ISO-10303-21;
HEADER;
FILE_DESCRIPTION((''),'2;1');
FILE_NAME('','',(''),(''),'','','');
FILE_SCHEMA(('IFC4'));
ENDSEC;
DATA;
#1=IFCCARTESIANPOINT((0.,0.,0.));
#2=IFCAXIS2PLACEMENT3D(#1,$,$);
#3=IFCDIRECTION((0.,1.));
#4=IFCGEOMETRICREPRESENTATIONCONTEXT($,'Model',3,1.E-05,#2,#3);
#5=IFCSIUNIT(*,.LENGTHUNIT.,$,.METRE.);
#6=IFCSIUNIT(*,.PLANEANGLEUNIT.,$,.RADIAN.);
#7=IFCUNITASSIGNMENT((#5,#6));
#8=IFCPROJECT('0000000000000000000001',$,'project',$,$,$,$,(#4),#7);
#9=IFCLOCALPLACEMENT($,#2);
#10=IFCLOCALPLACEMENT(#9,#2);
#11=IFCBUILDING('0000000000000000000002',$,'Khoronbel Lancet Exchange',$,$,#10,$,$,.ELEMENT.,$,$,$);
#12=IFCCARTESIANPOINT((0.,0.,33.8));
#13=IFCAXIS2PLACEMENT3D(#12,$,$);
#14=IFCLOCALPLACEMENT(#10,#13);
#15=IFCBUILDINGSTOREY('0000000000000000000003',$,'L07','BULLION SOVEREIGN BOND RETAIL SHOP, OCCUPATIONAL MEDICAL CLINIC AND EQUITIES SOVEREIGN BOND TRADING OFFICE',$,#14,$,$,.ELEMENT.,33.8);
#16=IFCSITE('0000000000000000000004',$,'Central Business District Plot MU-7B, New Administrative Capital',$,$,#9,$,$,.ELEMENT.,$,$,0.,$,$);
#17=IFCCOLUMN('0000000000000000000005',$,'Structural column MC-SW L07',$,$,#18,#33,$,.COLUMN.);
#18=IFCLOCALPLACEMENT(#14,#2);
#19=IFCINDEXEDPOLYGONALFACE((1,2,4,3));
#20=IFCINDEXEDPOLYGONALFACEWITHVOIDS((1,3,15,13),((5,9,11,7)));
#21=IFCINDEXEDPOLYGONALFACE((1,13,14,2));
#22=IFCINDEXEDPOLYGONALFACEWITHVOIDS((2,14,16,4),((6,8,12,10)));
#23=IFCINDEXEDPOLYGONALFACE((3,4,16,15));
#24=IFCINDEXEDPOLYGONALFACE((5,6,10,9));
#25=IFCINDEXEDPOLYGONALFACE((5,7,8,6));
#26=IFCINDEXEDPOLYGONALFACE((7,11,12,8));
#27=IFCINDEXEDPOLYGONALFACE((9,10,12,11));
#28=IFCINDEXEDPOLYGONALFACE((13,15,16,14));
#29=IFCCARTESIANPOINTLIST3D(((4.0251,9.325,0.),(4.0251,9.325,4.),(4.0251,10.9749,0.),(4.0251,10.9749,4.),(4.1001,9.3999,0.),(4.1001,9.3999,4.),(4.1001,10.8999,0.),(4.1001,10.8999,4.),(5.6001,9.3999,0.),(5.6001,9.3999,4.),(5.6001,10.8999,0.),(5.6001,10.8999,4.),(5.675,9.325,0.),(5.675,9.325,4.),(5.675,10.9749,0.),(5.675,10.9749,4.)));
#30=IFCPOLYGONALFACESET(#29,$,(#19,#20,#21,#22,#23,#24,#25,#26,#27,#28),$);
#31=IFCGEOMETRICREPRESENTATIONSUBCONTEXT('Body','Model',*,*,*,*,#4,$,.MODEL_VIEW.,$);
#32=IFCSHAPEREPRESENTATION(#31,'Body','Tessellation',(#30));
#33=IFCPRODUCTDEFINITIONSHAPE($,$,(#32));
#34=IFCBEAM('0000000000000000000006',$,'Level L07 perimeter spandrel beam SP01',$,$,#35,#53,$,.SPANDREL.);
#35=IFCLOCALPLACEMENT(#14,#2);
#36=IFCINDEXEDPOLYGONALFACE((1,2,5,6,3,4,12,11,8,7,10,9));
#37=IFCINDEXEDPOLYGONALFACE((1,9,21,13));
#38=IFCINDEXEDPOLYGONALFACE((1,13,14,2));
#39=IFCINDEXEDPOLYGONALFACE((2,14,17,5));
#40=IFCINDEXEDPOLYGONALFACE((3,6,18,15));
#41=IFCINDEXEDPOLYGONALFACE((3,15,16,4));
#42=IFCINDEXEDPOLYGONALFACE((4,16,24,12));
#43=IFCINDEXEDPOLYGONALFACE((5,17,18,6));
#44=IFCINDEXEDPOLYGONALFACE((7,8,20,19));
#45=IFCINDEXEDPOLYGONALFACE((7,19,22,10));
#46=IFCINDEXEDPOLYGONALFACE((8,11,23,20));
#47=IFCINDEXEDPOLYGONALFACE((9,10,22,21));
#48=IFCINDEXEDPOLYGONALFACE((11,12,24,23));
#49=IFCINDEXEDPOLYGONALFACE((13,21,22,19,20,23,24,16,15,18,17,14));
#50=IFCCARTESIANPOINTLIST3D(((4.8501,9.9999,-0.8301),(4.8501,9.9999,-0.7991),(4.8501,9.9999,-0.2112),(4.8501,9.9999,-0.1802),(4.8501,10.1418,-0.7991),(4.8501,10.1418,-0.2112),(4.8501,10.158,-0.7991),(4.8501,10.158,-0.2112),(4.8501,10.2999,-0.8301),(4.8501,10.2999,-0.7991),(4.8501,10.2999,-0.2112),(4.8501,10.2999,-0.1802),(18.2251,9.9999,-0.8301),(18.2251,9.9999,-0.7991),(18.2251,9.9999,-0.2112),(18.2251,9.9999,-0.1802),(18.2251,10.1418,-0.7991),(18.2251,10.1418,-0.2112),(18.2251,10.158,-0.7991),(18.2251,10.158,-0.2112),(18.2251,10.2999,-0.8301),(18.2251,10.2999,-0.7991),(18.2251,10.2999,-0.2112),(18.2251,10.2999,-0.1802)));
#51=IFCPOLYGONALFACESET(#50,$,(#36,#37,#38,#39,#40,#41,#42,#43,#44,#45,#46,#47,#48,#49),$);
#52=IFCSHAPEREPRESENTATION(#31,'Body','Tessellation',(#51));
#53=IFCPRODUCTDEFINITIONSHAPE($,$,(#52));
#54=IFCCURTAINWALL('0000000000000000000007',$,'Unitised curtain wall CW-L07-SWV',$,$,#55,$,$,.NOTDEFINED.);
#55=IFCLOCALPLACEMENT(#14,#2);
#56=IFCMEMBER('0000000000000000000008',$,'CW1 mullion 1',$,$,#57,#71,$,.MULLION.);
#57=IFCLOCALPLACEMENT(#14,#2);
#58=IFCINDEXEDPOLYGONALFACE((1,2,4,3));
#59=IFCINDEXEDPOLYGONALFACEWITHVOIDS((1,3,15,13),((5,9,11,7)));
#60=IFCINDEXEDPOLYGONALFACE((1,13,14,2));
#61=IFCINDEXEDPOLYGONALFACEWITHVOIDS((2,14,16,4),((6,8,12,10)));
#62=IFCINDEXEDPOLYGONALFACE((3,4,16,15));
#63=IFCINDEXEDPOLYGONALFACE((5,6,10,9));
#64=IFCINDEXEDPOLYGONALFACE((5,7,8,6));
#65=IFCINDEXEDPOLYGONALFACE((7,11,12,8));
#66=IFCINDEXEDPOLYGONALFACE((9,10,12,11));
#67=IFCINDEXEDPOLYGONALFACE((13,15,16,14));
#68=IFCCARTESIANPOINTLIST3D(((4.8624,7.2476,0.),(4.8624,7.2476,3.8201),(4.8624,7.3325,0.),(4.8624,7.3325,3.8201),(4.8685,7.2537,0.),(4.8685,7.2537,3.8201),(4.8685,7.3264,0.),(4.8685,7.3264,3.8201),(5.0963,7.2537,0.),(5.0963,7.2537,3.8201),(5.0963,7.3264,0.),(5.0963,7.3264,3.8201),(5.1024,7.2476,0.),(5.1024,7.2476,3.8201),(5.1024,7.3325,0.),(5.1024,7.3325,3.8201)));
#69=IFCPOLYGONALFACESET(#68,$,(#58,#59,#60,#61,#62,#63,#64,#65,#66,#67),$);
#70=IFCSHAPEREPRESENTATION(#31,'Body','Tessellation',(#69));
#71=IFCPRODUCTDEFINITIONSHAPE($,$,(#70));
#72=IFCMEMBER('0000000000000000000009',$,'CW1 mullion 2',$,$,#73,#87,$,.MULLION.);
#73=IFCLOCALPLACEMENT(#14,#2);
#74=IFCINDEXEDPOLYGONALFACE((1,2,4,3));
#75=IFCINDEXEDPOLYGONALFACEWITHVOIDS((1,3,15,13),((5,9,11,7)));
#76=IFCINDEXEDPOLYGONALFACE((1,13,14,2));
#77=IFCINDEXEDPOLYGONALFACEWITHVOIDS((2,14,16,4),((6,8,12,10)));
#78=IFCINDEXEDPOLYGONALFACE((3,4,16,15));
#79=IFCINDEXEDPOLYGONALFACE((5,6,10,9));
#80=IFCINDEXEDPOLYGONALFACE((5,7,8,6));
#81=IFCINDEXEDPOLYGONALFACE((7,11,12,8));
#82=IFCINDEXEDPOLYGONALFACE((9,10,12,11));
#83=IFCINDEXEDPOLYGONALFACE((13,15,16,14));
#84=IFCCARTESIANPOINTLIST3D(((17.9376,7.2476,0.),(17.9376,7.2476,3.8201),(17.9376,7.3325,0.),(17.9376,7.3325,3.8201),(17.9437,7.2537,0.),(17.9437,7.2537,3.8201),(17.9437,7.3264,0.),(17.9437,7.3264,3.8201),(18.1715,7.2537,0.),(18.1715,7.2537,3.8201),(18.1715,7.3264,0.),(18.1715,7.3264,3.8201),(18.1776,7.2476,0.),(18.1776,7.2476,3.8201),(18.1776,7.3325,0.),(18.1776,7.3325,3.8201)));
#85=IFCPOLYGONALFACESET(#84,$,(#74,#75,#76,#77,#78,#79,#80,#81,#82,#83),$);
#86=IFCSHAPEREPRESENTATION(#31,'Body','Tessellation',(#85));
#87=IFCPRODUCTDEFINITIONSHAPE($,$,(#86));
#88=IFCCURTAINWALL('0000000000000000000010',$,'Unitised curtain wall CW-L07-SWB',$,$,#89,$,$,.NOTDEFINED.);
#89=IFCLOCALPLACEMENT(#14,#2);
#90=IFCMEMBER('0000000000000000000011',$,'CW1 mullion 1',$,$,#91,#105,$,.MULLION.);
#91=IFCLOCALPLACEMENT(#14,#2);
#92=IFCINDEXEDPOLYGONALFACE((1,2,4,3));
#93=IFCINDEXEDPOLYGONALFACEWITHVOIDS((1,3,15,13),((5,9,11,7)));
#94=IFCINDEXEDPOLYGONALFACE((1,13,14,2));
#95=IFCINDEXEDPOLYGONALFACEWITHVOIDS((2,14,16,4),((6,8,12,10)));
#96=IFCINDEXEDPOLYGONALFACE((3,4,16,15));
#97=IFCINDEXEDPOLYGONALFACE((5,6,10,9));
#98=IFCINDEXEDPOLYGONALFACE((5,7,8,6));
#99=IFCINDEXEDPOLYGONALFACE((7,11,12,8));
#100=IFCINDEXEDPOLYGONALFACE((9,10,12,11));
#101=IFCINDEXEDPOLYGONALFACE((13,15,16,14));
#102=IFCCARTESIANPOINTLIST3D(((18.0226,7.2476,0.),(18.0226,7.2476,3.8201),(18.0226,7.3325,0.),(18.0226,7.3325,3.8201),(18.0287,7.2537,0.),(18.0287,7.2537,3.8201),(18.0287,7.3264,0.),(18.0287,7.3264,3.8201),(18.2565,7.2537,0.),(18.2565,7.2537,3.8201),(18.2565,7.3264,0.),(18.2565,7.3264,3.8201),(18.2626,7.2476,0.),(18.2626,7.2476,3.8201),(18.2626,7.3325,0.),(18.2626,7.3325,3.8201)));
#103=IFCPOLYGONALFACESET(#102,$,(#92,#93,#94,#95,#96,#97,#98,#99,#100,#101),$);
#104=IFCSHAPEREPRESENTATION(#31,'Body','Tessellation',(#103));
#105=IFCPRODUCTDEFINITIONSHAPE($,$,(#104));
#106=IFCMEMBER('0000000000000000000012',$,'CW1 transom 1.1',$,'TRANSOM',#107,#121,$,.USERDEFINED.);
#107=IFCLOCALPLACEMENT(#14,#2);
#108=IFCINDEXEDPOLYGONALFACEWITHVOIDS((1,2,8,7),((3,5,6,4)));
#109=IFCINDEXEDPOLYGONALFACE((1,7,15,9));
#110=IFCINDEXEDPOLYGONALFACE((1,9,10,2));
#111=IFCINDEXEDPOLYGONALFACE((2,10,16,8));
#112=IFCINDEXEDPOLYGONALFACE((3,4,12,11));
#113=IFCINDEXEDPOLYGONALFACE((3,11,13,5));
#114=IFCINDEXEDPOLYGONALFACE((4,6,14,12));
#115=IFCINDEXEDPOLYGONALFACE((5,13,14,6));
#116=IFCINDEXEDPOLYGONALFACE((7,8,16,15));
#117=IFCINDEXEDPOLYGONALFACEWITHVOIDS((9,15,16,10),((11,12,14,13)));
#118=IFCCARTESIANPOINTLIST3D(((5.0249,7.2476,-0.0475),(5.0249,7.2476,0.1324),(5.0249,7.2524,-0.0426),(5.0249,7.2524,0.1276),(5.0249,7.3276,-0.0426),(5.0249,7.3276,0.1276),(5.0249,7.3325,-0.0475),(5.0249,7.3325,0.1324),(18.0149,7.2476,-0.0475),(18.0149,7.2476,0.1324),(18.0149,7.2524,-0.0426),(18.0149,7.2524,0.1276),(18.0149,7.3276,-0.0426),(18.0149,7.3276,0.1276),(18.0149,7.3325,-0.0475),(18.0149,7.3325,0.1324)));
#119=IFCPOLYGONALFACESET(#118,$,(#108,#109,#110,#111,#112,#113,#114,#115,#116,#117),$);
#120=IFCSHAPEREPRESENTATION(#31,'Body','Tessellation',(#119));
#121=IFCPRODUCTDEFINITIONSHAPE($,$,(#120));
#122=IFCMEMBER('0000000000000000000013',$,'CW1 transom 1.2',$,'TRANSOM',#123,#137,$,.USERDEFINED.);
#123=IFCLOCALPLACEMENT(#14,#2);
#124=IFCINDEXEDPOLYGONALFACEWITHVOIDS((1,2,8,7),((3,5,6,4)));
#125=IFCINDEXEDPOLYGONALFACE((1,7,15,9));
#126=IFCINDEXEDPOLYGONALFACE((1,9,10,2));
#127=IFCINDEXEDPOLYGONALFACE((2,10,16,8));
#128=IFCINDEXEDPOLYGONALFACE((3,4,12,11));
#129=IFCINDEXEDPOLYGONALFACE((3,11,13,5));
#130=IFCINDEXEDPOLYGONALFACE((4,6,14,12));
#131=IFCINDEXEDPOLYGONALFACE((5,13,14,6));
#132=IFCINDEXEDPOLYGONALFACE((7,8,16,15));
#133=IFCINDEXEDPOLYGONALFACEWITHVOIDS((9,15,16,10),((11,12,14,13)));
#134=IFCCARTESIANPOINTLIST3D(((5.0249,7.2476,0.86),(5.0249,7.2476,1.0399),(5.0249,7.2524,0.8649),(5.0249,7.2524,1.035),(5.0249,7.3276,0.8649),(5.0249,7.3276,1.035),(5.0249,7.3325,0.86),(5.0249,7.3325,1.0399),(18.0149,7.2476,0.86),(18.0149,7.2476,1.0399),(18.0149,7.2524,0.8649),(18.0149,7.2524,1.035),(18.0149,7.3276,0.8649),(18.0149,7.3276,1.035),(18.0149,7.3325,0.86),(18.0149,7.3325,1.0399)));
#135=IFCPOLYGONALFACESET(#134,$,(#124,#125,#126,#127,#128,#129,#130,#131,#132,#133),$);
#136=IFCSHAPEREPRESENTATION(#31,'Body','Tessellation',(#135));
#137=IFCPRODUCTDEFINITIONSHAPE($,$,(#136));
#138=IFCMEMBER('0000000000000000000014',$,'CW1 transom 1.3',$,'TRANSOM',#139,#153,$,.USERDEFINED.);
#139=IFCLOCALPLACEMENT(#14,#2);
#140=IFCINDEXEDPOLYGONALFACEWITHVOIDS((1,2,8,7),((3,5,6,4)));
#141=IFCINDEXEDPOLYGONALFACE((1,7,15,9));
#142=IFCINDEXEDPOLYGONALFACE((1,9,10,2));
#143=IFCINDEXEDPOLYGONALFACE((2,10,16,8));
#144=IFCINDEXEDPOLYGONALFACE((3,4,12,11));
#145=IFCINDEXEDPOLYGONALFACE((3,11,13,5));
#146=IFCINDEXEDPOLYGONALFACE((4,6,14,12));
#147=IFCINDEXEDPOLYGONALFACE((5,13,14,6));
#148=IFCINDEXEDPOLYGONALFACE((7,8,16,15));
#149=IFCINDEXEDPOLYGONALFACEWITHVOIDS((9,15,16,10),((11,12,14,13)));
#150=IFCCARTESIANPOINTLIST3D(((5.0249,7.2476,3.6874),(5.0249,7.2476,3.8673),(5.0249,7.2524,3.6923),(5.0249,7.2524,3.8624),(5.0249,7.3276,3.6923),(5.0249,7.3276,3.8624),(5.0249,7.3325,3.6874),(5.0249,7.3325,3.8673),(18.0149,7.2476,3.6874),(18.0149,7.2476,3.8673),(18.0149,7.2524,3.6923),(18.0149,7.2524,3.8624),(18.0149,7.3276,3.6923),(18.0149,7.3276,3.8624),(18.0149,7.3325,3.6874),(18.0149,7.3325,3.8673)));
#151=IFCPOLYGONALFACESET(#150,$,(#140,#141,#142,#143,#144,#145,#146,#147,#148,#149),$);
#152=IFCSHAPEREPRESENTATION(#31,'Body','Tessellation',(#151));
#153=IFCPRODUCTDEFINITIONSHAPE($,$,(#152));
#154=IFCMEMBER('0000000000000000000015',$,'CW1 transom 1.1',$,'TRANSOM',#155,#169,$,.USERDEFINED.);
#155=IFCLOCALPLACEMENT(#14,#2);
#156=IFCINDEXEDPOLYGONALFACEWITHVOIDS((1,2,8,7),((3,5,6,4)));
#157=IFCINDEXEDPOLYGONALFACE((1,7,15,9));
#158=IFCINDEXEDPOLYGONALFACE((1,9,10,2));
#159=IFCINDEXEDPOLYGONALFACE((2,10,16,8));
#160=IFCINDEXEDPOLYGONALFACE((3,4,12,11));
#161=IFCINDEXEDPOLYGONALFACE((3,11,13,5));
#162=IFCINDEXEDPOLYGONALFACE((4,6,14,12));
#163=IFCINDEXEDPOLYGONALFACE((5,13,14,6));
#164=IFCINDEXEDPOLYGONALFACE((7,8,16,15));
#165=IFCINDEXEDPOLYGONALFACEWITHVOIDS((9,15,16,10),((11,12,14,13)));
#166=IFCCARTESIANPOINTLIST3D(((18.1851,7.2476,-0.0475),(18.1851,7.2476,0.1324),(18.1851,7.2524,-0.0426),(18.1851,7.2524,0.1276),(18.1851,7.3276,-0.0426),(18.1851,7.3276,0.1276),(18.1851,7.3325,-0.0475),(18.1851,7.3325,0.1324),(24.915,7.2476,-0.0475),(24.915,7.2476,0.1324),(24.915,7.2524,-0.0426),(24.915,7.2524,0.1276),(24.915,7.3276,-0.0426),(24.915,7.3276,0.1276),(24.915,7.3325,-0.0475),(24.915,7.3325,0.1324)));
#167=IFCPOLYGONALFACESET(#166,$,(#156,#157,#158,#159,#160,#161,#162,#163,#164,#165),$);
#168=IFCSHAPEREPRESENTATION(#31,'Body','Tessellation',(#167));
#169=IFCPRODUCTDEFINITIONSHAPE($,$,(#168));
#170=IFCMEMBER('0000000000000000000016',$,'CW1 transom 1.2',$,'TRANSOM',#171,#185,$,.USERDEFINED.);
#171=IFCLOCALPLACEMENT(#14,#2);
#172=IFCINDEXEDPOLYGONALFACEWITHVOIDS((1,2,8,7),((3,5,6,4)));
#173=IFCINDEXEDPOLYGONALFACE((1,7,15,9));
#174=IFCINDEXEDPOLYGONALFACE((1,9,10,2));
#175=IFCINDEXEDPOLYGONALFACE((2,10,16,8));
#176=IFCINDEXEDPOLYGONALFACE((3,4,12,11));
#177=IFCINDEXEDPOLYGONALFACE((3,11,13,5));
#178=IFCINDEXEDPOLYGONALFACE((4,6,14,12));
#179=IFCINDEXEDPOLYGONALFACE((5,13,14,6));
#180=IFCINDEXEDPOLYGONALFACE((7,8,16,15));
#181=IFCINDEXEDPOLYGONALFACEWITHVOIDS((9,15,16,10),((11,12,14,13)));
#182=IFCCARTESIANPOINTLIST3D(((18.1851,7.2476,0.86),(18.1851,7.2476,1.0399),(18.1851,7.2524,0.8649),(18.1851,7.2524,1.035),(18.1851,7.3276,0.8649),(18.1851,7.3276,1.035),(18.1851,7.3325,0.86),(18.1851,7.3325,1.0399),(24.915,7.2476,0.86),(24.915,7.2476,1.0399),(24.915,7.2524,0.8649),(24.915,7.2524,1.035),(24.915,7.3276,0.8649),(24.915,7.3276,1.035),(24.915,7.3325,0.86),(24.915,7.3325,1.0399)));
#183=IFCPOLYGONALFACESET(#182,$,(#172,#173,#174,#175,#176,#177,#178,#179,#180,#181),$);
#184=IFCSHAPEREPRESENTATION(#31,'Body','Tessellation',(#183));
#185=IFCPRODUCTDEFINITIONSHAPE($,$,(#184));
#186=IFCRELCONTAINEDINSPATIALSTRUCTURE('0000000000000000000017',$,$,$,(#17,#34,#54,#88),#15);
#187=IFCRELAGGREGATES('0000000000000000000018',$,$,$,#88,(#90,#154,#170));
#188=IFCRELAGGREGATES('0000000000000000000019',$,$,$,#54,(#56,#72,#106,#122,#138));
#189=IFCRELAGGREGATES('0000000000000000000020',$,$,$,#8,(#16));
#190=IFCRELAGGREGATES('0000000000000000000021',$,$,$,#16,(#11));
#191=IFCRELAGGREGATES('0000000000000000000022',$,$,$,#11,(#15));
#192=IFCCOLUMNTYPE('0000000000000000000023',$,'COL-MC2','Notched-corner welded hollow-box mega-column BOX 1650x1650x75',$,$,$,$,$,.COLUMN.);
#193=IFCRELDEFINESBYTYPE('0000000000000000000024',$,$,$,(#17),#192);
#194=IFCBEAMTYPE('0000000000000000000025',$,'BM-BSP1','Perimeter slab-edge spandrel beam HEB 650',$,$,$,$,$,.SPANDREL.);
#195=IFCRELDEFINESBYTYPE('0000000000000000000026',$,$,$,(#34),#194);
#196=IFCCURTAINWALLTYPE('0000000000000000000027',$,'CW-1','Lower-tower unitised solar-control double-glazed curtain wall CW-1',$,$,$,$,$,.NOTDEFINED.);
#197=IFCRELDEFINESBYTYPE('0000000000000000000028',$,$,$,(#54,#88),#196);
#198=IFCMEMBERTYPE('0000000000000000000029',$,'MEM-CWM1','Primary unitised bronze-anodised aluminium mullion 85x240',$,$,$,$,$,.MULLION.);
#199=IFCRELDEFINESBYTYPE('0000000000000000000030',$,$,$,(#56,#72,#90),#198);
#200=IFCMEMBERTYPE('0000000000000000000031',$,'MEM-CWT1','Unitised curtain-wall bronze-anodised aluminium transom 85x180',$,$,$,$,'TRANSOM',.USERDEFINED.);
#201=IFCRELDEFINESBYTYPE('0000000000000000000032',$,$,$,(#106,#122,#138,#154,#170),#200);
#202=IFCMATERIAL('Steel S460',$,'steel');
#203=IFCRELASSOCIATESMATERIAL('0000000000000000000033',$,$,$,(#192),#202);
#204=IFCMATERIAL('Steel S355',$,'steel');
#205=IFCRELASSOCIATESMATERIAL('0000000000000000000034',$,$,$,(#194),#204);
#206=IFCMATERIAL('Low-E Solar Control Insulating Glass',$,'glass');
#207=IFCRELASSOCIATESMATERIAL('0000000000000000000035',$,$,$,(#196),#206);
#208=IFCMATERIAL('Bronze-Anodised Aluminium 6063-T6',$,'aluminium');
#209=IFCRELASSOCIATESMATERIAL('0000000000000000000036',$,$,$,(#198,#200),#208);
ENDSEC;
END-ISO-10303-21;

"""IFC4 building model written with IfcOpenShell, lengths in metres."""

from ifc_helpers import new_model, si_unit, direction, frame, origin, origin_2d, place, context, subcontext, project, spatial, hollow_rectangle, i_section, extrude, material, material_profile, profile_set, type_object, element, aggregate, save


model = new_model("IFC4")

# Units and contexts
model_context = context("Model", 3, precision=1e-05, world=origin(), true_north=direction((0.0, 1.0)))
body_context = subcontext(model_context, "Body", "Model", "MODEL_VIEW")
ifc_project = project(units=[si_unit("LENGTHUNIT", "METRE"), si_unit("PLANEANGLEUNIT", "RADIAN")], contexts=[model_context])

# Site, building, storey
site_placement = place(None, origin())
site = spatial("IfcSite", under=ifc_project, at=site_placement, Name="Central Business District Plot MU-7B, New Administrative Capital", CompositionType="ELEMENT", RefElevation=0.0)
building_placement = place(site_placement, origin())
building = spatial("IfcBuilding", under=site, at=building_placement, Name="Khoronbel Lancet Exchange", CompositionType="ELEMENT")
storey_placement = place(building_placement, frame((0.0, 0.0, 33.8)))
storey = spatial("IfcBuildingStorey", under=building, at=storey_placement, Name="L07", Description="BULLION SOVEREIGN BOND RETAIL SHOP, OCCUPATIONAL MEDICAL CLINIC AND EQUITIES SOVEREIGN BOND TRADING OFFICE", CompositionType="ELEMENT", Elevation=33.8)

# Column
ifc_material_1 = material(Name="Steel S460", Category="steel")
ifc_material_profile_1 = material_profile(ifc_material_1, hollow_rectangle(XDim=1.6499, YDim=1.6499, WallThickness=0.075, at=origin_2d()), Name="BOX 1650x1650x75")
ifc_profile_set_1 = profile_set([ifc_material_profile_1], Name="Steel S460")
column_type = type_object("IfcColumnType", Name="COL-MC2", Description="Notched-corner welded hollow-box mega-column BOX 1650x1650x75", PredefinedType="COLUMN", material=ifc_profile_set_1)
column_placement = place(storey_placement, frame((4.8501, 10.1499, 0.0), z_axis=(0.0, 0.0, 1.0), x_axis=(1.0, 0.0, 0.0)))
element("IfcColumn", 1, at=column_placement, inside=storey, type_object=column_type, Name="Structural column MC-SW L07", PredefinedType="COLUMN", context=body_context, shape_type="SweptSolid", body=[
    extrude(hollow_rectangle(XDim=1.6499, YDim=1.6499, WallThickness=0.075, at=origin_2d()), origin(), (0.0, 0.0, 1.0), 4.0),
])

# Beam
ifc_material_2 = material(Name="Steel S355", Category="steel")
ifc_material_profile_2 = material_profile(ifc_material_2, i_section(OverallWidth=0.3, OverallDepth=0.6499, WebThickness=0.0161, FlangeThickness=0.031, at=origin_2d()), Name="HEB 650")
ifc_profile_set_2 = profile_set([ifc_material_profile_2], Name="Steel S355")
beam_type = type_object("IfcBeamType", Name="BM-BSP1", Description="Perimeter slab-edge spandrel beam HEB 650", PredefinedType="SPANDREL", material=ifc_profile_set_2)
beam_placement = place(storey_placement, frame((4.8501, 10.1499, -0.5051), z_axis=(1.0, 0.0, 0.0), x_axis=(0.0, 1.0, 0.0)))
element("IfcBeam", 2, at=beam_placement, inside=storey, type_object=beam_type, Name="Level L07 perimeter spandrel beam SP01", PredefinedType="SPANDREL", context=body_context, shape_type="SweptSolid", body=[
    extrude(i_section(OverallWidth=0.3, OverallDepth=0.6499, WebThickness=0.0161, FlangeThickness=0.031, at=origin_2d()), origin(), (0.0, 0.0, 1.0), 13.375),
])

# Curtain wall, members
ifc_material_3 = material(Name="Low-E Solar Control Insulating Glass", Category="glass")
curtain_wall_type = type_object("IfcCurtainWallType", Name="CW-1", Description="Lower-tower unitised solar-control double-glazed curtain wall CW-1", PredefinedType="NOTDEFINED", material=ifc_material_3)
curtain_wall_1_placement = place(storey_placement, origin())
curtain_wall_1 = element("IfcCurtainWall", 3, at=curtain_wall_1_placement, inside=storey, type_object=curtain_wall_type, Name="Unitised curtain wall CW-L07-SWV", PredefinedType="NOTDEFINED")
ifc_material_4 = material(Name="Bronze-Anodised Aluminium 6063-T6", Category="aluminium")
ifc_material_profile_3 = material_profile(ifc_material_4, hollow_rectangle(XDim=0.085, YDim=0.24, WallThickness=0.0061, at=origin_2d()), Name="ALU MULLION 85x240")
ifc_profile_set_3 = profile_set([ifc_material_profile_3], Name="Bronze-Anodised Aluminium 6063-T6")
member_type_1 = type_object("IfcMemberType", Name="MEM-CWM1", Description="Primary unitised bronze-anodised aluminium mullion 85x240", PredefinedType="MULLION", material=ifc_profile_set_3)
member_1_placement = place(storey_placement, frame((4.9824, 7.29, 0.0), z_axis=(0.0, 0.0, 1.0), x_axis=(0.0, 1.0, 0.0)))
member_1 = element("IfcMember", 4, at=member_1_placement, type_object=member_type_1, Name="CW1 mullion 1", PredefinedType="MULLION", context=body_context, shape_type="SweptSolid", body=[
    extrude(hollow_rectangle(XDim=0.085, YDim=0.24, WallThickness=0.0061, at=origin_2d()), origin(), (0.0, 0.0, 1.0), 3.8201),
])
member_2_placement = place(storey_placement, frame((18.0576, 7.29, 0.0), z_axis=(0.0, 0.0, 1.0), x_axis=(0.0, 1.0, 0.0)))
member_2 = element("IfcMember", 5, at=member_2_placement, type_object=member_type_1, Name="CW1 mullion 2", PredefinedType="MULLION", context=body_context, shape_type="SweptSolid", body=[
    extrude(hollow_rectangle(XDim=0.085, YDim=0.24, WallThickness=0.0061, at=origin_2d()), origin(), (0.0, 0.0, 1.0), 3.8201),
])

# Curtain wall, member
curtain_wall_2_placement = place(storey_placement, origin())
curtain_wall_2 = element("IfcCurtainWall", 6, at=curtain_wall_2_placement, inside=storey, type_object=curtain_wall_type, Name="Unitised curtain wall CW-L07-SWB", PredefinedType="NOTDEFINED")
member_3_placement = place(storey_placement, frame((18.1426, 7.29, 0.0), z_axis=(0.0, 0.0, 1.0), x_axis=(0.0, 1.0, 0.0)))
member_3 = element("IfcMember", 7, at=member_3_placement, type_object=member_type_1, Name="CW1 mullion 1", PredefinedType="MULLION", context=body_context, shape_type="SweptSolid", body=[
    extrude(hollow_rectangle(XDim=0.085, YDim=0.24, WallThickness=0.0061, at=origin_2d()), origin(), (0.0, 0.0, 1.0), 3.8201),
])

# Members
ifc_material_profile_4 = material_profile(ifc_material_4, hollow_rectangle(XDim=0.085, YDim=0.1799, WallThickness=0.0049, at=origin_2d()), Name="ALU TRANSOM 85x180")
ifc_profile_set_4 = profile_set([ifc_material_profile_4], Name="Bronze-Anodised Aluminium 6063-T6")
member_type_2 = type_object("IfcMemberType", Name="MEM-CWT1", Description="Unitised curtain-wall bronze-anodised aluminium transom 85x180", ElementType="TRANSOM", PredefinedType="USERDEFINED", material=ifc_profile_set_4)
member_4_placement = place(storey_placement, frame((5.0249, 7.29, 0.0425), z_axis=(1.0, 0.0, 0.0), x_axis=(0.0, 1.0, 0.0)))
member_4 = element("IfcMember", 8, at=member_4_placement, type_object=member_type_2, Name="CW1 transom 1.1", ObjectType="TRANSOM", PredefinedType="USERDEFINED", context=body_context, shape_type="SweptSolid", body=[
    extrude(hollow_rectangle(XDim=0.085, YDim=0.1799, WallThickness=0.0049, at=origin_2d()), origin(), (0.0, 0.0, 1.0), 12.99),
])
member_5_placement = place(storey_placement, frame((5.0249, 7.29, 0.95), z_axis=(1.0, 0.0, 0.0), x_axis=(0.0, 1.0, 0.0)))
member_5 = element("IfcMember", 9, at=member_5_placement, type_object=member_type_2, Name="CW1 transom 1.2", ObjectType="TRANSOM", PredefinedType="USERDEFINED", context=body_context, shape_type="SweptSolid", body=[
    extrude(hollow_rectangle(XDim=0.085, YDim=0.1799, WallThickness=0.0049, at=origin_2d()), origin(), (0.0, 0.0, 1.0), 12.99),
])
member_6_placement = place(storey_placement, frame((5.0249, 7.29, 3.7773), z_axis=(1.0, 0.0, 0.0), x_axis=(0.0, 1.0, 0.0)))
member_6 = element("IfcMember", 10, at=member_6_placement, type_object=member_type_2, Name="CW1 transom 1.3", ObjectType="TRANSOM", PredefinedType="USERDEFINED", context=body_context, shape_type="SweptSolid", body=[
    extrude(hollow_rectangle(XDim=0.085, YDim=0.1799, WallThickness=0.0049, at=origin_2d()), origin(), (0.0, 0.0, 1.0), 12.99),
])
member_7_placement = place(storey_placement, frame((18.1851, 7.29, 0.0425), z_axis=(1.0, 0.0, 0.0), x_axis=(0.0, 1.0, 0.0)))
member_7 = element("IfcMember", 11, at=member_7_placement, type_object=member_type_2, Name="CW1 transom 1.1", ObjectType="TRANSOM", PredefinedType="USERDEFINED", context=body_context, shape_type="SweptSolid", body=[
    extrude(hollow_rectangle(XDim=0.085, YDim=0.1799, WallThickness=0.0049, at=origin_2d()), origin(), (0.0, 0.0, 1.0), 6.73),
])
member_8_placement = place(storey_placement, frame((18.1851, 7.29, 0.95), z_axis=(1.0, 0.0, 0.0), x_axis=(0.0, 1.0, 0.0)))
member_8 = element("IfcMember", 12, at=member_8_placement, type_object=member_type_2, Name="CW1 transom 1.2", ObjectType="TRANSOM", PredefinedType="USERDEFINED", context=body_context, shape_type="SweptSolid", body=[
    extrude(hollow_rectangle(XDim=0.085, YDim=0.1799, WallThickness=0.0049, at=origin_2d()), origin(), (0.0, 0.0, 1.0), 6.73),
])
aggregate(curtain_wall_2, [member_3, member_7, member_8])

aggregate(curtain_wall_1, [member_1, member_2, member_4, member_5, member_6])

save(model, "model.ifc")
